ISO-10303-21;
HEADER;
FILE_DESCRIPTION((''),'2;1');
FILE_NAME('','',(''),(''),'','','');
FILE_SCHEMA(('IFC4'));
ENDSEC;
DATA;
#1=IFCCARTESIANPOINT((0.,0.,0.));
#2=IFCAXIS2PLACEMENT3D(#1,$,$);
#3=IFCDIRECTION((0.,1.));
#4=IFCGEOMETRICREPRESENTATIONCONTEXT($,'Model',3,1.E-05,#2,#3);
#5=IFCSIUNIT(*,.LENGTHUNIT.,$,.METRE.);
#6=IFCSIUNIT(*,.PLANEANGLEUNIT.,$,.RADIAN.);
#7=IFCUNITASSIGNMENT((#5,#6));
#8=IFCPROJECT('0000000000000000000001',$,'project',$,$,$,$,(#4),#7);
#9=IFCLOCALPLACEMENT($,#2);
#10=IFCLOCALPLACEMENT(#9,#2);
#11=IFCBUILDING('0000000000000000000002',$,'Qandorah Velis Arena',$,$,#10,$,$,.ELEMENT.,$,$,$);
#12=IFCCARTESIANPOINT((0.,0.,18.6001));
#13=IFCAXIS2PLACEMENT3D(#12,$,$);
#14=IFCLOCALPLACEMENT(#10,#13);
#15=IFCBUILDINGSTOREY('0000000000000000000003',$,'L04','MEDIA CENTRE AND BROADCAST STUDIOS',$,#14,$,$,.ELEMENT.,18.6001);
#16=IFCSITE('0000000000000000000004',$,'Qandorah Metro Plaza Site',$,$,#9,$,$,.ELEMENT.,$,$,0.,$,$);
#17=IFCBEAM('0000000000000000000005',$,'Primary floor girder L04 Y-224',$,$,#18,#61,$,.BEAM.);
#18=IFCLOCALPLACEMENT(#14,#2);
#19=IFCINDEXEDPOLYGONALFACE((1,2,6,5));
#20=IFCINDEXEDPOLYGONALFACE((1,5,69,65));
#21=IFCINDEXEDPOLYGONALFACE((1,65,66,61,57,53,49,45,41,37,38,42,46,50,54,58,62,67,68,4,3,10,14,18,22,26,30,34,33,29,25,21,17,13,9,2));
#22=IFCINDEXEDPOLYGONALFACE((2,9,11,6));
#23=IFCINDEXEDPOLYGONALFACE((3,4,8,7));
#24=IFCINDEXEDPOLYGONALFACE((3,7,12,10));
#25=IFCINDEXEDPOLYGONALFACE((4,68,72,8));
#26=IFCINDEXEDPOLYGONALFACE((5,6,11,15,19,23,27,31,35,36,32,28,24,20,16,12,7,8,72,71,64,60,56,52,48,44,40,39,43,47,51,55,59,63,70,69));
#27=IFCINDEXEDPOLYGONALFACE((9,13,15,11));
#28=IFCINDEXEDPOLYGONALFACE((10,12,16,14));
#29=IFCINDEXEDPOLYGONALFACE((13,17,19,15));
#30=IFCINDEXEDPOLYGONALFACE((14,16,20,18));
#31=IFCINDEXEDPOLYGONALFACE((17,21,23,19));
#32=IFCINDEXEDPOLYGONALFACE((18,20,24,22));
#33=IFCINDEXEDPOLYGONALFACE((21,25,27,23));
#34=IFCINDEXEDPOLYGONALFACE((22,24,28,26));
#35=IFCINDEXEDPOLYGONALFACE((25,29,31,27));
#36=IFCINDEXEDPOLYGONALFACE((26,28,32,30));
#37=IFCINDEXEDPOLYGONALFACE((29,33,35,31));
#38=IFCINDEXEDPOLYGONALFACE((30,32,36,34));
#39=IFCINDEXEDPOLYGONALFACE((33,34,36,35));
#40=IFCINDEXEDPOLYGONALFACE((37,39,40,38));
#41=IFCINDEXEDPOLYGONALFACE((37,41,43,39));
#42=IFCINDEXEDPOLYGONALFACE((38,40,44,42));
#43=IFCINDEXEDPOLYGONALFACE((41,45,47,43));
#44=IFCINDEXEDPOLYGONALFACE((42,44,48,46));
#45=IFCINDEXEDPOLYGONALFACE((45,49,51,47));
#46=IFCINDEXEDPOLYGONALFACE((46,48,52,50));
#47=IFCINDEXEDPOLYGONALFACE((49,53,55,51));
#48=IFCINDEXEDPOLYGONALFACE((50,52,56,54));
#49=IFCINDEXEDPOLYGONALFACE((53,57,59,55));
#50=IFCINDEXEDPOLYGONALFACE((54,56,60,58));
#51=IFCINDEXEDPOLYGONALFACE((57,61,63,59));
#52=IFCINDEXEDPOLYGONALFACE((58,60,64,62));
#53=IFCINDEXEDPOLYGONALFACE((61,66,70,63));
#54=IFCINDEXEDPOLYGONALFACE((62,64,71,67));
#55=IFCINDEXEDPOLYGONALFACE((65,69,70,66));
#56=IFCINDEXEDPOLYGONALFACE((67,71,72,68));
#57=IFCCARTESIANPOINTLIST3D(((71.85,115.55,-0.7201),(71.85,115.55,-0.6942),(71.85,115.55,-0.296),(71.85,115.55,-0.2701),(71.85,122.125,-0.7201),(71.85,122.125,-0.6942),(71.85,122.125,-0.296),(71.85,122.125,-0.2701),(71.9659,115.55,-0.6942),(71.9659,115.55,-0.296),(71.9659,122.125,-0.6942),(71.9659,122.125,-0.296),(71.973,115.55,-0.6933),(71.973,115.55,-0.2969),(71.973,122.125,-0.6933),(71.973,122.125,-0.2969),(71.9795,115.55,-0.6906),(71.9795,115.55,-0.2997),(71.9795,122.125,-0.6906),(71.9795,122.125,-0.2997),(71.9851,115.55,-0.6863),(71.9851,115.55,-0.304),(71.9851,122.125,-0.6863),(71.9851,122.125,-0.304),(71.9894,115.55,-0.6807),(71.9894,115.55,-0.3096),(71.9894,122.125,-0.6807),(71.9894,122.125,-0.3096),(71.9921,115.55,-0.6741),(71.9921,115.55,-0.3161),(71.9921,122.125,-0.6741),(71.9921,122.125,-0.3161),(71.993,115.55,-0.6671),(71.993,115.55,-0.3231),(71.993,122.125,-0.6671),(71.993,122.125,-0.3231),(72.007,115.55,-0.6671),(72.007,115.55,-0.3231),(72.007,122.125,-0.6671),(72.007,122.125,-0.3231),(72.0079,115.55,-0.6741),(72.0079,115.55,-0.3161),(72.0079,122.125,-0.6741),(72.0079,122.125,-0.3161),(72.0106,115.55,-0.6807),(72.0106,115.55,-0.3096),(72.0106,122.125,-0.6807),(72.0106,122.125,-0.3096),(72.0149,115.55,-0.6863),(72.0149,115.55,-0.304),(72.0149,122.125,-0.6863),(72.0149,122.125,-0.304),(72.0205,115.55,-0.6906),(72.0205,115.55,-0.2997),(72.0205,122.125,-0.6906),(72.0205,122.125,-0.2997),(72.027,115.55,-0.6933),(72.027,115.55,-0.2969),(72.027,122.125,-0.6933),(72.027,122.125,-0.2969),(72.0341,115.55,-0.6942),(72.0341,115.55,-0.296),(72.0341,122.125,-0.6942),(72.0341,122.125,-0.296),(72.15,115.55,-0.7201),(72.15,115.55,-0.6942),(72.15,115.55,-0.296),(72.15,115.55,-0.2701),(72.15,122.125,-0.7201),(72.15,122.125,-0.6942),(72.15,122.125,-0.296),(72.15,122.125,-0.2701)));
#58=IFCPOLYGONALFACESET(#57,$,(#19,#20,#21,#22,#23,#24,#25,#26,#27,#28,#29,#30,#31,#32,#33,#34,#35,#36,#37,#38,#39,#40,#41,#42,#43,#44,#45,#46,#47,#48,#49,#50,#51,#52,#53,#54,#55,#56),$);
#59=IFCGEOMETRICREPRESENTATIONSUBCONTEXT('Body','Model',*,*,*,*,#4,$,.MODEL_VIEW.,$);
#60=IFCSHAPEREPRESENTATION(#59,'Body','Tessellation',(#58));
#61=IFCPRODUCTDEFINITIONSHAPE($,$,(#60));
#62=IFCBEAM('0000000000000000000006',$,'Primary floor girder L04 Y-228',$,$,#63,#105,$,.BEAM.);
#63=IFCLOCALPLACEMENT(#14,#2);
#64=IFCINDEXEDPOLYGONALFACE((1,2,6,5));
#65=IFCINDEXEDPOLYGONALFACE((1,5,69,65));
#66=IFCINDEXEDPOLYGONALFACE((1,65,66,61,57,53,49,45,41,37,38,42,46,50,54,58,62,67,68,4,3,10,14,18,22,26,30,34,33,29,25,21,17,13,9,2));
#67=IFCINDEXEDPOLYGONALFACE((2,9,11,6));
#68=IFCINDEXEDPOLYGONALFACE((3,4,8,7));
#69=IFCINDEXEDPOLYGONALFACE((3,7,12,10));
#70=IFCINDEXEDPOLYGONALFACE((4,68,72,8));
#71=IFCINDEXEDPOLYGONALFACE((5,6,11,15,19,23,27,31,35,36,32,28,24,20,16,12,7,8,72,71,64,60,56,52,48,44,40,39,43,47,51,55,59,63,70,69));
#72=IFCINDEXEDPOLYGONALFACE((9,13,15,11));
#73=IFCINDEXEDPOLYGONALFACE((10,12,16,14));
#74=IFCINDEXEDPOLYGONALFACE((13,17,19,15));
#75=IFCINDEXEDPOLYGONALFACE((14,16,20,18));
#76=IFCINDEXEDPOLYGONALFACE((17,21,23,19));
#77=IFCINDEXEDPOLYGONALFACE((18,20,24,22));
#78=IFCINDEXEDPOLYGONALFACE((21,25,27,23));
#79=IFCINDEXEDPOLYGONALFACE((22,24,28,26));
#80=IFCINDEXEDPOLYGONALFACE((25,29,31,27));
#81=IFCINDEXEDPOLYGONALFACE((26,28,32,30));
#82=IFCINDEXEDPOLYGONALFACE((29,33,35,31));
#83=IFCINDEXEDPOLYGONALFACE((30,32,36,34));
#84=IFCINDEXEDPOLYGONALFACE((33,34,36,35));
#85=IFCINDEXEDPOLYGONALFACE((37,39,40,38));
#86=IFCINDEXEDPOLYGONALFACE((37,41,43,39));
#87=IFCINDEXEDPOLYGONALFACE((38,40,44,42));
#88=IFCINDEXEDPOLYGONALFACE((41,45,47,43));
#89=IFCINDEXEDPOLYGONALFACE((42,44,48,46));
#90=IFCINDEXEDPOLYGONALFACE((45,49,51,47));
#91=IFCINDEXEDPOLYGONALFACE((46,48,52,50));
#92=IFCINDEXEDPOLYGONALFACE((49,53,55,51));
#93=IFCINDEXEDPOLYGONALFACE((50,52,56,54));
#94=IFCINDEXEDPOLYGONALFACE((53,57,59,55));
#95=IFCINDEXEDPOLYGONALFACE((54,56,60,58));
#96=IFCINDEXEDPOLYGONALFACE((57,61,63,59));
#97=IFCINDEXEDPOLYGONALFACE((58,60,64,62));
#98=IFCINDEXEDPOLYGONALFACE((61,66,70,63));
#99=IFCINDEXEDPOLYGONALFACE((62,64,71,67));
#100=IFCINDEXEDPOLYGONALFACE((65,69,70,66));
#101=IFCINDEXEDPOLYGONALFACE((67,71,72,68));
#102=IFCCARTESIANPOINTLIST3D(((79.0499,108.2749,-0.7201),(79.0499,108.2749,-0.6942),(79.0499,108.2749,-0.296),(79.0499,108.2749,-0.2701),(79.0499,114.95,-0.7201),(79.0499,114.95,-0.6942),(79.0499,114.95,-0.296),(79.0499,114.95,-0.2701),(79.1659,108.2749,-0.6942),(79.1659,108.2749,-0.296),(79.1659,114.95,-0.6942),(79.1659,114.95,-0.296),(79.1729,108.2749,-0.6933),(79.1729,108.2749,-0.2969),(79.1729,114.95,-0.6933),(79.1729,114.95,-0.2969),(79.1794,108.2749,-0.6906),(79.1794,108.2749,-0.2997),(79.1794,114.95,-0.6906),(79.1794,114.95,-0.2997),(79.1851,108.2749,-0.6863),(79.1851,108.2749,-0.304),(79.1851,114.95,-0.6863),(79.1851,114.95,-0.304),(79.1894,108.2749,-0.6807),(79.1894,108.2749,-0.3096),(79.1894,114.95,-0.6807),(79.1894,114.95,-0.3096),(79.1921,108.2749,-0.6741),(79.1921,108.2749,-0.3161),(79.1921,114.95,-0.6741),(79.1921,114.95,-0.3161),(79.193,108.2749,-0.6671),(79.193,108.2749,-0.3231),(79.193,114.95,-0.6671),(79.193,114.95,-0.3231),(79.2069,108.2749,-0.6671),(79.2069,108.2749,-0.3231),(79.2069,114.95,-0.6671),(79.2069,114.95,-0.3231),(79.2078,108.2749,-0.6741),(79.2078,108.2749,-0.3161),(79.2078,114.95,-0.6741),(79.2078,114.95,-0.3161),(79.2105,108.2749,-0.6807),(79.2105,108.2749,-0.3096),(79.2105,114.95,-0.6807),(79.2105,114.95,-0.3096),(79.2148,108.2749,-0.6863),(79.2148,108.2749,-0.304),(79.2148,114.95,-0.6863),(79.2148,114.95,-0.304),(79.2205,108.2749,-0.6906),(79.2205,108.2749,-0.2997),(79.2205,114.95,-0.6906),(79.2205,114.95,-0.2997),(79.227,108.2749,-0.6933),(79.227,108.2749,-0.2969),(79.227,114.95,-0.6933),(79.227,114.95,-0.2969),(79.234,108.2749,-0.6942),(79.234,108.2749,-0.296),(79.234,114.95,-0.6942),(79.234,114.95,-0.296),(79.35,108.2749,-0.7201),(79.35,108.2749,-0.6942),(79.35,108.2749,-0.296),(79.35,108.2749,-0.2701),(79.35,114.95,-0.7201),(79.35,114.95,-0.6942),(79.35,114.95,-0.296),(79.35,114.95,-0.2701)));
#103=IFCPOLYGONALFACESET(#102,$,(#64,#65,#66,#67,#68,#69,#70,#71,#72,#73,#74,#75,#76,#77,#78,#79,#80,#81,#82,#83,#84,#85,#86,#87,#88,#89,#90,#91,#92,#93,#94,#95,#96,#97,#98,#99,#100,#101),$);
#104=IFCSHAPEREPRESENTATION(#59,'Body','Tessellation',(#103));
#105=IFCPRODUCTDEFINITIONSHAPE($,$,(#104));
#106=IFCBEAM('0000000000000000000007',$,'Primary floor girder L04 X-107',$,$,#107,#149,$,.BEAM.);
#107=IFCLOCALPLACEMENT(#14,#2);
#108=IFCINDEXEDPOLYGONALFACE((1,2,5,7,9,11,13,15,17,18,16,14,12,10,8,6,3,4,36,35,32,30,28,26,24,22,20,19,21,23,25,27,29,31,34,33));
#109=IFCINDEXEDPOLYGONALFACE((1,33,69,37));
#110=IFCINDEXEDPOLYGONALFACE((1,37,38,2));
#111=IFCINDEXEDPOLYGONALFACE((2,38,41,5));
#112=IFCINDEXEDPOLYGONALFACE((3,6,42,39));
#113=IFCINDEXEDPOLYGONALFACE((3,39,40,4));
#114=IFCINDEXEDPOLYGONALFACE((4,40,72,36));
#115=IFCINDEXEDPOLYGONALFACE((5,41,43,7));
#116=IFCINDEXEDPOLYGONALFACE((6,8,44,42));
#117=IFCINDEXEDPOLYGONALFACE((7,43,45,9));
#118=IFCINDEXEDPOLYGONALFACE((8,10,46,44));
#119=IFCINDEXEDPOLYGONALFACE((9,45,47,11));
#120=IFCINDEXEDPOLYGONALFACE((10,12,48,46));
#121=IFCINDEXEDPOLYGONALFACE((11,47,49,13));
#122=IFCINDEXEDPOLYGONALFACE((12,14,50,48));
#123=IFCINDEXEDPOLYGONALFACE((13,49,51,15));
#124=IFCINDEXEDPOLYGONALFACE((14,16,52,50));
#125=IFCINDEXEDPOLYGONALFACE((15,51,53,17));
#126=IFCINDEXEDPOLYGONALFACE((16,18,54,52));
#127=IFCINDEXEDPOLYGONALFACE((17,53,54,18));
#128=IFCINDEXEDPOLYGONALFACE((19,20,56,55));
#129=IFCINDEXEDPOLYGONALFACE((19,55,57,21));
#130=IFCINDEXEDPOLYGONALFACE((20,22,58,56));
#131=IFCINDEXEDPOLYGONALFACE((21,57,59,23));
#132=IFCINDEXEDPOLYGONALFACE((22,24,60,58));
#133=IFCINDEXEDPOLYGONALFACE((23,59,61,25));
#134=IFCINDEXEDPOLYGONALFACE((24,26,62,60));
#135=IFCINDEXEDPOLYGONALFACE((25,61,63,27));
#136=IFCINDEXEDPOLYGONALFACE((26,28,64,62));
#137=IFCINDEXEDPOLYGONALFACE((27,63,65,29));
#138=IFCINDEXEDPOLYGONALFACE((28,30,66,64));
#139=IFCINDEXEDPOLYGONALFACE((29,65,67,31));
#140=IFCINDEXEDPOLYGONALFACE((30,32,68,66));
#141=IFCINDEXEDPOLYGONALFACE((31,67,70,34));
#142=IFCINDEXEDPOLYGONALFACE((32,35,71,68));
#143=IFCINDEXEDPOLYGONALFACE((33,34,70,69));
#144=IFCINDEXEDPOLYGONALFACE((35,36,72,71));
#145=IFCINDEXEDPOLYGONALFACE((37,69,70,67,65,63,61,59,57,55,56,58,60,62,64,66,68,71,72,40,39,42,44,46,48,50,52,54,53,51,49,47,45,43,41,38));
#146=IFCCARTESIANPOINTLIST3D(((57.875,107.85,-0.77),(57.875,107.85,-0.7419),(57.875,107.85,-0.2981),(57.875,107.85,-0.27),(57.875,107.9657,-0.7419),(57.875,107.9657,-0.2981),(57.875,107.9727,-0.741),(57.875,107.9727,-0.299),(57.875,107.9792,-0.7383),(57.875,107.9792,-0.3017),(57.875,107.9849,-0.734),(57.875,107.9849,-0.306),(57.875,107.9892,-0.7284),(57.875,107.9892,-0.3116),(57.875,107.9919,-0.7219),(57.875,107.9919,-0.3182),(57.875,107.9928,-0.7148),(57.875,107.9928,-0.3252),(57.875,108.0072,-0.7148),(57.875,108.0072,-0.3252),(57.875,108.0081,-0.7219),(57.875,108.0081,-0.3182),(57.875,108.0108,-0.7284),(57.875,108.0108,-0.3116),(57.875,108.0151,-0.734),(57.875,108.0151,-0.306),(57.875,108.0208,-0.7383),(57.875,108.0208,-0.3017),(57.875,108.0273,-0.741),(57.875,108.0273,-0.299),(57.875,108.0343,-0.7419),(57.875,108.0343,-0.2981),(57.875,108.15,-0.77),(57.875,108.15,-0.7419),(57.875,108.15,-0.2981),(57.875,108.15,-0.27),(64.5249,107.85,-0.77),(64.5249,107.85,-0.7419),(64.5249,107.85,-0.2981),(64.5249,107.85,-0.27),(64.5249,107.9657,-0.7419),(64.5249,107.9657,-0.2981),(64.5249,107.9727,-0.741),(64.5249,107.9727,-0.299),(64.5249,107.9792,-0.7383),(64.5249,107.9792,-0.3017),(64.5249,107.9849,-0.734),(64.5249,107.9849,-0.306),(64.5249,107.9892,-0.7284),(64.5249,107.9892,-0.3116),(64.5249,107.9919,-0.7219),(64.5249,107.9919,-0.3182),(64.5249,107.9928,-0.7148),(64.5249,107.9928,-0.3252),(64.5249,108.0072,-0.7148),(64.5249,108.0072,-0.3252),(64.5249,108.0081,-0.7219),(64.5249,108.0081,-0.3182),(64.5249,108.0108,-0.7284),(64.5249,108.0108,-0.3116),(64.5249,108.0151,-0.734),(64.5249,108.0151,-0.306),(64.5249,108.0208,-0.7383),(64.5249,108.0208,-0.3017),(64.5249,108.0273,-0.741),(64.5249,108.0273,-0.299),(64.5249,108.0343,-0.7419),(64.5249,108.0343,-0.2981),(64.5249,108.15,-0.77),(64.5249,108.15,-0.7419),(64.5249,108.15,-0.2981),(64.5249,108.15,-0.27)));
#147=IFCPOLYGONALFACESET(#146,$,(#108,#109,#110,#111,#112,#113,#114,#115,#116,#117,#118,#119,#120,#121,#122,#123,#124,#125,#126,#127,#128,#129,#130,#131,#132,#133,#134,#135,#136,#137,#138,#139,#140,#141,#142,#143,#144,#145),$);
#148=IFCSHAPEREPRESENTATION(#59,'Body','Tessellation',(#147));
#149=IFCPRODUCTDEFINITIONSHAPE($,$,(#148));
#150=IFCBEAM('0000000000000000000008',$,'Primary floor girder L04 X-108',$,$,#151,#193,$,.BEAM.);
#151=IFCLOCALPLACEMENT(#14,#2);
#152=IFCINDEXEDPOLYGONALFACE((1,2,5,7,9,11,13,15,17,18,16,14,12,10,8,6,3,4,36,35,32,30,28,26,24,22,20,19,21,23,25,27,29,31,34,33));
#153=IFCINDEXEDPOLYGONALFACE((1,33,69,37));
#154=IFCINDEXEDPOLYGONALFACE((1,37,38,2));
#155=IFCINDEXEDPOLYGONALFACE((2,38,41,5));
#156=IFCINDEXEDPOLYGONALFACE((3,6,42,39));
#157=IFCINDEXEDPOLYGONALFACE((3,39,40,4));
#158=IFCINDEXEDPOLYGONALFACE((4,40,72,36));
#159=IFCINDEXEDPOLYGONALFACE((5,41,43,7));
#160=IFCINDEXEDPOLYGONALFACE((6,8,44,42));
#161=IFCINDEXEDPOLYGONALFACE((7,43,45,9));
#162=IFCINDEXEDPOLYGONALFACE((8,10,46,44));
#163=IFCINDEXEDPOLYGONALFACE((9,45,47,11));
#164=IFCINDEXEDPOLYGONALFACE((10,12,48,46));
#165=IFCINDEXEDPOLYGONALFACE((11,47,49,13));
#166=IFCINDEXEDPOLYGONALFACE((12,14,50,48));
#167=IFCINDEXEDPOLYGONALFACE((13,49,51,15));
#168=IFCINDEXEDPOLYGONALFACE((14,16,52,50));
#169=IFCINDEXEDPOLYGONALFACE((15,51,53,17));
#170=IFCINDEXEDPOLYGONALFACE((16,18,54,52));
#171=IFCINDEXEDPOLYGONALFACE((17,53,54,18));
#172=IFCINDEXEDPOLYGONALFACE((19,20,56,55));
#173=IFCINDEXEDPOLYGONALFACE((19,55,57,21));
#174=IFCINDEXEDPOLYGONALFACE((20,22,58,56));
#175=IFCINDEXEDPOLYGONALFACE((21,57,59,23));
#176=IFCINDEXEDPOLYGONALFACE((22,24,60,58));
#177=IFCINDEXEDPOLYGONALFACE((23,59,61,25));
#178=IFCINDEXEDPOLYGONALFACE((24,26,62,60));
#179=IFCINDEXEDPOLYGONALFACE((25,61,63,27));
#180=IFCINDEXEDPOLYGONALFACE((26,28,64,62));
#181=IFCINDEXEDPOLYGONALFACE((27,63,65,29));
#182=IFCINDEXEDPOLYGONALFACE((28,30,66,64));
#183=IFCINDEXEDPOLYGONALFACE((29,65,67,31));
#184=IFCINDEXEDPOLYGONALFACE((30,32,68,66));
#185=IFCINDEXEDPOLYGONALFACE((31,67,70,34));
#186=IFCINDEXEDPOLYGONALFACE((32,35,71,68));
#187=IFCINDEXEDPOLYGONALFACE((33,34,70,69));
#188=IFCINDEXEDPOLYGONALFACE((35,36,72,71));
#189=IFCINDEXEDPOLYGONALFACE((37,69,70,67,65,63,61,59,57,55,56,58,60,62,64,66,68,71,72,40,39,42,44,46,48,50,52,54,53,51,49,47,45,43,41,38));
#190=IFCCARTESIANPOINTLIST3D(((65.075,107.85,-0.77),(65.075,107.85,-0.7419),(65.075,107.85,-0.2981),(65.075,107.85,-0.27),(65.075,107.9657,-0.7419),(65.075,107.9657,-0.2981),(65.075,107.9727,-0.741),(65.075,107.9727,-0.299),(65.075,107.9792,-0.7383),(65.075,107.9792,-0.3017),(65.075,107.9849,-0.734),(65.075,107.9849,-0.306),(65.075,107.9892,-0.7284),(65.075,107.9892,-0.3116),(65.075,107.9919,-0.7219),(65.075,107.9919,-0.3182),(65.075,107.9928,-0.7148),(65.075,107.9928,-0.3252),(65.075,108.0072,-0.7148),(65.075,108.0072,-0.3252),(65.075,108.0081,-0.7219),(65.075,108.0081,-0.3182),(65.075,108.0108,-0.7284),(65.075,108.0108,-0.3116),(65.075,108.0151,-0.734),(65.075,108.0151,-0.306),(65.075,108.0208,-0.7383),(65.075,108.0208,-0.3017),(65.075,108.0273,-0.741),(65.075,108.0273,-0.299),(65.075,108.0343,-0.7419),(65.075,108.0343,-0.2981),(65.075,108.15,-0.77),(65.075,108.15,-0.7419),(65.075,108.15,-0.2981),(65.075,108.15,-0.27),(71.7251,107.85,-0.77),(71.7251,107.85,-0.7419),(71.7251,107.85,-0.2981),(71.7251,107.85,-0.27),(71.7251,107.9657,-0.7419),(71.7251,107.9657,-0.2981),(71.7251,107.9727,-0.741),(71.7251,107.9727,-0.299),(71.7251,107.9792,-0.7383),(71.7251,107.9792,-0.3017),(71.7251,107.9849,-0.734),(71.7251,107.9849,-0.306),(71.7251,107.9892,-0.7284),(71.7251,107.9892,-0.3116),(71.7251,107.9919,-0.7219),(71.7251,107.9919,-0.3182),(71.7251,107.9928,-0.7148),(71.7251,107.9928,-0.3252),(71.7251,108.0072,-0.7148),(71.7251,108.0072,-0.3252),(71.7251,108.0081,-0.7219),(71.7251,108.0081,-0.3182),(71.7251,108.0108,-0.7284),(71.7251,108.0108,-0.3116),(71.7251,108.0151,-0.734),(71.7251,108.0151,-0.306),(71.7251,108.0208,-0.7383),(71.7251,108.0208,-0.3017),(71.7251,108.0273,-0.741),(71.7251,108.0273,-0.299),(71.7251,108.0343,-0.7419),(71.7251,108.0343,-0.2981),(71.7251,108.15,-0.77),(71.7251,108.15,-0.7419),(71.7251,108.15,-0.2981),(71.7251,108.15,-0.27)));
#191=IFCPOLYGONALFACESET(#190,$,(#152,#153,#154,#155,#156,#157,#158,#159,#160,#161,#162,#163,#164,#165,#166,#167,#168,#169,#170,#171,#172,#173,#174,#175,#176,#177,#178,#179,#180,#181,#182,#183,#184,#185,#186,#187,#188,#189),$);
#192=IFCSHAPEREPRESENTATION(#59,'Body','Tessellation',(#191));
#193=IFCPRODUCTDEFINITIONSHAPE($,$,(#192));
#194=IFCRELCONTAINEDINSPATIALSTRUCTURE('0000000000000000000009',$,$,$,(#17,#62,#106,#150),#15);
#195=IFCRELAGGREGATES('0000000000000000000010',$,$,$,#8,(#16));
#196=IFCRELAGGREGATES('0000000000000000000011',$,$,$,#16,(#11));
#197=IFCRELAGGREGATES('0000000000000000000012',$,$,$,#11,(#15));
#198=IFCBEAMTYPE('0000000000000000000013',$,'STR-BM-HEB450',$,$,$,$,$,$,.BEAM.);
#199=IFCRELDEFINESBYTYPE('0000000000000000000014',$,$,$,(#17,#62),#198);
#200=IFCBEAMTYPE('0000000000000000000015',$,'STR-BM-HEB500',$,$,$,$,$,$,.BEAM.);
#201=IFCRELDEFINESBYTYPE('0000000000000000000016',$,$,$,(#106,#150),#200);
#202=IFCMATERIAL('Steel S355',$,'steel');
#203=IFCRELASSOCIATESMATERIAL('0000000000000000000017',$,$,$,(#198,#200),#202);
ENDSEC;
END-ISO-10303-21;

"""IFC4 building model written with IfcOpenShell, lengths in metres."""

from ifc_helpers import new_model, si_unit, direction, frame, origin, origin_2d, place, context, subcontext, project, spatial, i_section, extrude, material, material_profile, profile_set, type_object, element, save


model = new_model("IFC4")

# Units and contexts
model_context = context("Model", 3, precision=1e-05, world=origin(), true_north=direction((0.0, 1.0)))
body_context = subcontext(model_context, "Body", "Model", "MODEL_VIEW")
ifc_project = project(units=[si_unit("LENGTHUNIT", "METRE"), si_unit("PLANEANGLEUNIT", "RADIAN")], contexts=[model_context])

# Site, building, storey
site_placement = place(None, origin())
site = spatial("IfcSite", under=ifc_project, at=site_placement, Name="Qandorah Metro Plaza Site", CompositionType="ELEMENT", RefElevation=0.0)
building_placement = place(site_placement, origin())
building = spatial("IfcBuilding", under=site, at=building_placement, Name="Qandorah Velis Arena", CompositionType="ELEMENT")
storey_placement = place(building_placement, frame((0.0, 0.0, 18.6001)))
storey = spatial("IfcBuildingStorey", under=building, at=storey_placement, Name="L04", Description="MEDIA CENTRE AND BROADCAST STUDIOS", CompositionType="ELEMENT", Elevation=18.6001)

# Shared definitions
ifc_material_1 = material(Name="Steel S355", Category="steel")

# Beams
ifc_material_profile_1 = material_profile(ifc_material_1, i_section(OverallWidth=0.3, OverallDepth=0.45, WebThickness=0.0139, FlangeThickness=0.0259, FilletRadius=0.0271, at=origin_2d()), Name="HEB 450")
ifc_profile_set_1 = profile_set([ifc_material_profile_1], Name="Steel S355")
beam_type_1 = type_object("IfcBeamType", Name="STR-BM-HEB450", PredefinedType="BEAM", material=ifc_profile_set_1)
beam_1_placement = place(storey_placement, frame((72.0, 115.55, -0.4951), z_axis=(0.0, 1.0, 0.0), x_axis=(-1.0, 0.0, 0.0)))
element("IfcBeam", 1, at=beam_1_placement, inside=storey, type_object=beam_type_1, Name="Primary floor girder L04 Y-224", PredefinedType="BEAM", context=body_context, shape_type="SweptSolid", body=[
    extrude(i_section(OverallWidth=0.3, OverallDepth=0.45, WebThickness=0.0139, FlangeThickness=0.0259, FilletRadius=0.0271, at=origin_2d()), origin(), (0.0, 0.0, 1.0), 6.575),
])
beam_2_placement = place(storey_placement, frame((79.2, 108.2749, -0.4951), z_axis=(0.0, 1.0, 0.0), x_axis=(-1.0, 0.0, 0.0)))
element("IfcBeam", 2, at=beam_2_placement, inside=storey, type_object=beam_type_1, Name="Primary floor girder L04 Y-228", PredefinedType="BEAM", context=body_context, shape_type="SweptSolid", body=[
    extrude(i_section(OverallWidth=0.3, OverallDepth=0.45, WebThickness=0.0139, FlangeThickness=0.0259, FilletRadius=0.0271, at=origin_2d()), origin(), (0.0, 0.0, 1.0), 6.675),
])
ifc_material_profile_2 = material_profile(ifc_material_1, i_section(OverallWidth=0.3, OverallDepth=0.5, WebThickness=0.0144, FlangeThickness=0.0281, FilletRadius=0.0271, at=origin_2d()), Name="HEB 500")
ifc_profile_set_2 = profile_set([ifc_material_profile_2], Name="Steel S355")
beam_type_2 = type_object("IfcBeamType", Name="STR-BM-HEB500", PredefinedType="BEAM", material=ifc_profile_set_2)
beam_3_placement = place(storey_placement, frame((57.875, 108.0, -0.52), z_axis=(1.0, 0.0, 0.0), x_axis=(0.0, 1.0, 0.0)))
element("IfcBeam", 3, at=beam_3_placement, inside=storey, type_object=beam_type_2, Name="Primary floor girder L04 X-107", PredefinedType="BEAM", context=body_context, shape_type="SweptSolid", body=[
    extrude(i_section(OverallWidth=0.3, OverallDepth=0.5, WebThickness=0.0144, FlangeThickness=0.0281, FilletRadius=0.0271, at=origin_2d()), origin(), (0.0, 0.0, 1.0), 6.6499),
])
for number, where, z_axis, x_axis, name in (
    (4, (65.075, 108.0, -0.52), (1.0, 0.0, 0.0), (0.0, 1.0, 0.0), "Primary floor girder L04 X-108"),
):
    element("IfcBeam", number, at=place(storey_placement, frame(where, z_axis=z_axis, x_axis=x_axis)), inside=storey, type_object=beam_type_2, Name=name, PredefinedType="BEAM", context=body_context, shape_type="SweptSolid", body=[
        extrude(i_section(OverallWidth=0.3, OverallDepth=0.5, WebThickness=0.0144, FlangeThickness=0.0281, FilletRadius=0.0271, at=origin_2d()), origin(), (0.0, 0.0, 1.0), 6.6501),
    ])

save(model, "model.ifc")
